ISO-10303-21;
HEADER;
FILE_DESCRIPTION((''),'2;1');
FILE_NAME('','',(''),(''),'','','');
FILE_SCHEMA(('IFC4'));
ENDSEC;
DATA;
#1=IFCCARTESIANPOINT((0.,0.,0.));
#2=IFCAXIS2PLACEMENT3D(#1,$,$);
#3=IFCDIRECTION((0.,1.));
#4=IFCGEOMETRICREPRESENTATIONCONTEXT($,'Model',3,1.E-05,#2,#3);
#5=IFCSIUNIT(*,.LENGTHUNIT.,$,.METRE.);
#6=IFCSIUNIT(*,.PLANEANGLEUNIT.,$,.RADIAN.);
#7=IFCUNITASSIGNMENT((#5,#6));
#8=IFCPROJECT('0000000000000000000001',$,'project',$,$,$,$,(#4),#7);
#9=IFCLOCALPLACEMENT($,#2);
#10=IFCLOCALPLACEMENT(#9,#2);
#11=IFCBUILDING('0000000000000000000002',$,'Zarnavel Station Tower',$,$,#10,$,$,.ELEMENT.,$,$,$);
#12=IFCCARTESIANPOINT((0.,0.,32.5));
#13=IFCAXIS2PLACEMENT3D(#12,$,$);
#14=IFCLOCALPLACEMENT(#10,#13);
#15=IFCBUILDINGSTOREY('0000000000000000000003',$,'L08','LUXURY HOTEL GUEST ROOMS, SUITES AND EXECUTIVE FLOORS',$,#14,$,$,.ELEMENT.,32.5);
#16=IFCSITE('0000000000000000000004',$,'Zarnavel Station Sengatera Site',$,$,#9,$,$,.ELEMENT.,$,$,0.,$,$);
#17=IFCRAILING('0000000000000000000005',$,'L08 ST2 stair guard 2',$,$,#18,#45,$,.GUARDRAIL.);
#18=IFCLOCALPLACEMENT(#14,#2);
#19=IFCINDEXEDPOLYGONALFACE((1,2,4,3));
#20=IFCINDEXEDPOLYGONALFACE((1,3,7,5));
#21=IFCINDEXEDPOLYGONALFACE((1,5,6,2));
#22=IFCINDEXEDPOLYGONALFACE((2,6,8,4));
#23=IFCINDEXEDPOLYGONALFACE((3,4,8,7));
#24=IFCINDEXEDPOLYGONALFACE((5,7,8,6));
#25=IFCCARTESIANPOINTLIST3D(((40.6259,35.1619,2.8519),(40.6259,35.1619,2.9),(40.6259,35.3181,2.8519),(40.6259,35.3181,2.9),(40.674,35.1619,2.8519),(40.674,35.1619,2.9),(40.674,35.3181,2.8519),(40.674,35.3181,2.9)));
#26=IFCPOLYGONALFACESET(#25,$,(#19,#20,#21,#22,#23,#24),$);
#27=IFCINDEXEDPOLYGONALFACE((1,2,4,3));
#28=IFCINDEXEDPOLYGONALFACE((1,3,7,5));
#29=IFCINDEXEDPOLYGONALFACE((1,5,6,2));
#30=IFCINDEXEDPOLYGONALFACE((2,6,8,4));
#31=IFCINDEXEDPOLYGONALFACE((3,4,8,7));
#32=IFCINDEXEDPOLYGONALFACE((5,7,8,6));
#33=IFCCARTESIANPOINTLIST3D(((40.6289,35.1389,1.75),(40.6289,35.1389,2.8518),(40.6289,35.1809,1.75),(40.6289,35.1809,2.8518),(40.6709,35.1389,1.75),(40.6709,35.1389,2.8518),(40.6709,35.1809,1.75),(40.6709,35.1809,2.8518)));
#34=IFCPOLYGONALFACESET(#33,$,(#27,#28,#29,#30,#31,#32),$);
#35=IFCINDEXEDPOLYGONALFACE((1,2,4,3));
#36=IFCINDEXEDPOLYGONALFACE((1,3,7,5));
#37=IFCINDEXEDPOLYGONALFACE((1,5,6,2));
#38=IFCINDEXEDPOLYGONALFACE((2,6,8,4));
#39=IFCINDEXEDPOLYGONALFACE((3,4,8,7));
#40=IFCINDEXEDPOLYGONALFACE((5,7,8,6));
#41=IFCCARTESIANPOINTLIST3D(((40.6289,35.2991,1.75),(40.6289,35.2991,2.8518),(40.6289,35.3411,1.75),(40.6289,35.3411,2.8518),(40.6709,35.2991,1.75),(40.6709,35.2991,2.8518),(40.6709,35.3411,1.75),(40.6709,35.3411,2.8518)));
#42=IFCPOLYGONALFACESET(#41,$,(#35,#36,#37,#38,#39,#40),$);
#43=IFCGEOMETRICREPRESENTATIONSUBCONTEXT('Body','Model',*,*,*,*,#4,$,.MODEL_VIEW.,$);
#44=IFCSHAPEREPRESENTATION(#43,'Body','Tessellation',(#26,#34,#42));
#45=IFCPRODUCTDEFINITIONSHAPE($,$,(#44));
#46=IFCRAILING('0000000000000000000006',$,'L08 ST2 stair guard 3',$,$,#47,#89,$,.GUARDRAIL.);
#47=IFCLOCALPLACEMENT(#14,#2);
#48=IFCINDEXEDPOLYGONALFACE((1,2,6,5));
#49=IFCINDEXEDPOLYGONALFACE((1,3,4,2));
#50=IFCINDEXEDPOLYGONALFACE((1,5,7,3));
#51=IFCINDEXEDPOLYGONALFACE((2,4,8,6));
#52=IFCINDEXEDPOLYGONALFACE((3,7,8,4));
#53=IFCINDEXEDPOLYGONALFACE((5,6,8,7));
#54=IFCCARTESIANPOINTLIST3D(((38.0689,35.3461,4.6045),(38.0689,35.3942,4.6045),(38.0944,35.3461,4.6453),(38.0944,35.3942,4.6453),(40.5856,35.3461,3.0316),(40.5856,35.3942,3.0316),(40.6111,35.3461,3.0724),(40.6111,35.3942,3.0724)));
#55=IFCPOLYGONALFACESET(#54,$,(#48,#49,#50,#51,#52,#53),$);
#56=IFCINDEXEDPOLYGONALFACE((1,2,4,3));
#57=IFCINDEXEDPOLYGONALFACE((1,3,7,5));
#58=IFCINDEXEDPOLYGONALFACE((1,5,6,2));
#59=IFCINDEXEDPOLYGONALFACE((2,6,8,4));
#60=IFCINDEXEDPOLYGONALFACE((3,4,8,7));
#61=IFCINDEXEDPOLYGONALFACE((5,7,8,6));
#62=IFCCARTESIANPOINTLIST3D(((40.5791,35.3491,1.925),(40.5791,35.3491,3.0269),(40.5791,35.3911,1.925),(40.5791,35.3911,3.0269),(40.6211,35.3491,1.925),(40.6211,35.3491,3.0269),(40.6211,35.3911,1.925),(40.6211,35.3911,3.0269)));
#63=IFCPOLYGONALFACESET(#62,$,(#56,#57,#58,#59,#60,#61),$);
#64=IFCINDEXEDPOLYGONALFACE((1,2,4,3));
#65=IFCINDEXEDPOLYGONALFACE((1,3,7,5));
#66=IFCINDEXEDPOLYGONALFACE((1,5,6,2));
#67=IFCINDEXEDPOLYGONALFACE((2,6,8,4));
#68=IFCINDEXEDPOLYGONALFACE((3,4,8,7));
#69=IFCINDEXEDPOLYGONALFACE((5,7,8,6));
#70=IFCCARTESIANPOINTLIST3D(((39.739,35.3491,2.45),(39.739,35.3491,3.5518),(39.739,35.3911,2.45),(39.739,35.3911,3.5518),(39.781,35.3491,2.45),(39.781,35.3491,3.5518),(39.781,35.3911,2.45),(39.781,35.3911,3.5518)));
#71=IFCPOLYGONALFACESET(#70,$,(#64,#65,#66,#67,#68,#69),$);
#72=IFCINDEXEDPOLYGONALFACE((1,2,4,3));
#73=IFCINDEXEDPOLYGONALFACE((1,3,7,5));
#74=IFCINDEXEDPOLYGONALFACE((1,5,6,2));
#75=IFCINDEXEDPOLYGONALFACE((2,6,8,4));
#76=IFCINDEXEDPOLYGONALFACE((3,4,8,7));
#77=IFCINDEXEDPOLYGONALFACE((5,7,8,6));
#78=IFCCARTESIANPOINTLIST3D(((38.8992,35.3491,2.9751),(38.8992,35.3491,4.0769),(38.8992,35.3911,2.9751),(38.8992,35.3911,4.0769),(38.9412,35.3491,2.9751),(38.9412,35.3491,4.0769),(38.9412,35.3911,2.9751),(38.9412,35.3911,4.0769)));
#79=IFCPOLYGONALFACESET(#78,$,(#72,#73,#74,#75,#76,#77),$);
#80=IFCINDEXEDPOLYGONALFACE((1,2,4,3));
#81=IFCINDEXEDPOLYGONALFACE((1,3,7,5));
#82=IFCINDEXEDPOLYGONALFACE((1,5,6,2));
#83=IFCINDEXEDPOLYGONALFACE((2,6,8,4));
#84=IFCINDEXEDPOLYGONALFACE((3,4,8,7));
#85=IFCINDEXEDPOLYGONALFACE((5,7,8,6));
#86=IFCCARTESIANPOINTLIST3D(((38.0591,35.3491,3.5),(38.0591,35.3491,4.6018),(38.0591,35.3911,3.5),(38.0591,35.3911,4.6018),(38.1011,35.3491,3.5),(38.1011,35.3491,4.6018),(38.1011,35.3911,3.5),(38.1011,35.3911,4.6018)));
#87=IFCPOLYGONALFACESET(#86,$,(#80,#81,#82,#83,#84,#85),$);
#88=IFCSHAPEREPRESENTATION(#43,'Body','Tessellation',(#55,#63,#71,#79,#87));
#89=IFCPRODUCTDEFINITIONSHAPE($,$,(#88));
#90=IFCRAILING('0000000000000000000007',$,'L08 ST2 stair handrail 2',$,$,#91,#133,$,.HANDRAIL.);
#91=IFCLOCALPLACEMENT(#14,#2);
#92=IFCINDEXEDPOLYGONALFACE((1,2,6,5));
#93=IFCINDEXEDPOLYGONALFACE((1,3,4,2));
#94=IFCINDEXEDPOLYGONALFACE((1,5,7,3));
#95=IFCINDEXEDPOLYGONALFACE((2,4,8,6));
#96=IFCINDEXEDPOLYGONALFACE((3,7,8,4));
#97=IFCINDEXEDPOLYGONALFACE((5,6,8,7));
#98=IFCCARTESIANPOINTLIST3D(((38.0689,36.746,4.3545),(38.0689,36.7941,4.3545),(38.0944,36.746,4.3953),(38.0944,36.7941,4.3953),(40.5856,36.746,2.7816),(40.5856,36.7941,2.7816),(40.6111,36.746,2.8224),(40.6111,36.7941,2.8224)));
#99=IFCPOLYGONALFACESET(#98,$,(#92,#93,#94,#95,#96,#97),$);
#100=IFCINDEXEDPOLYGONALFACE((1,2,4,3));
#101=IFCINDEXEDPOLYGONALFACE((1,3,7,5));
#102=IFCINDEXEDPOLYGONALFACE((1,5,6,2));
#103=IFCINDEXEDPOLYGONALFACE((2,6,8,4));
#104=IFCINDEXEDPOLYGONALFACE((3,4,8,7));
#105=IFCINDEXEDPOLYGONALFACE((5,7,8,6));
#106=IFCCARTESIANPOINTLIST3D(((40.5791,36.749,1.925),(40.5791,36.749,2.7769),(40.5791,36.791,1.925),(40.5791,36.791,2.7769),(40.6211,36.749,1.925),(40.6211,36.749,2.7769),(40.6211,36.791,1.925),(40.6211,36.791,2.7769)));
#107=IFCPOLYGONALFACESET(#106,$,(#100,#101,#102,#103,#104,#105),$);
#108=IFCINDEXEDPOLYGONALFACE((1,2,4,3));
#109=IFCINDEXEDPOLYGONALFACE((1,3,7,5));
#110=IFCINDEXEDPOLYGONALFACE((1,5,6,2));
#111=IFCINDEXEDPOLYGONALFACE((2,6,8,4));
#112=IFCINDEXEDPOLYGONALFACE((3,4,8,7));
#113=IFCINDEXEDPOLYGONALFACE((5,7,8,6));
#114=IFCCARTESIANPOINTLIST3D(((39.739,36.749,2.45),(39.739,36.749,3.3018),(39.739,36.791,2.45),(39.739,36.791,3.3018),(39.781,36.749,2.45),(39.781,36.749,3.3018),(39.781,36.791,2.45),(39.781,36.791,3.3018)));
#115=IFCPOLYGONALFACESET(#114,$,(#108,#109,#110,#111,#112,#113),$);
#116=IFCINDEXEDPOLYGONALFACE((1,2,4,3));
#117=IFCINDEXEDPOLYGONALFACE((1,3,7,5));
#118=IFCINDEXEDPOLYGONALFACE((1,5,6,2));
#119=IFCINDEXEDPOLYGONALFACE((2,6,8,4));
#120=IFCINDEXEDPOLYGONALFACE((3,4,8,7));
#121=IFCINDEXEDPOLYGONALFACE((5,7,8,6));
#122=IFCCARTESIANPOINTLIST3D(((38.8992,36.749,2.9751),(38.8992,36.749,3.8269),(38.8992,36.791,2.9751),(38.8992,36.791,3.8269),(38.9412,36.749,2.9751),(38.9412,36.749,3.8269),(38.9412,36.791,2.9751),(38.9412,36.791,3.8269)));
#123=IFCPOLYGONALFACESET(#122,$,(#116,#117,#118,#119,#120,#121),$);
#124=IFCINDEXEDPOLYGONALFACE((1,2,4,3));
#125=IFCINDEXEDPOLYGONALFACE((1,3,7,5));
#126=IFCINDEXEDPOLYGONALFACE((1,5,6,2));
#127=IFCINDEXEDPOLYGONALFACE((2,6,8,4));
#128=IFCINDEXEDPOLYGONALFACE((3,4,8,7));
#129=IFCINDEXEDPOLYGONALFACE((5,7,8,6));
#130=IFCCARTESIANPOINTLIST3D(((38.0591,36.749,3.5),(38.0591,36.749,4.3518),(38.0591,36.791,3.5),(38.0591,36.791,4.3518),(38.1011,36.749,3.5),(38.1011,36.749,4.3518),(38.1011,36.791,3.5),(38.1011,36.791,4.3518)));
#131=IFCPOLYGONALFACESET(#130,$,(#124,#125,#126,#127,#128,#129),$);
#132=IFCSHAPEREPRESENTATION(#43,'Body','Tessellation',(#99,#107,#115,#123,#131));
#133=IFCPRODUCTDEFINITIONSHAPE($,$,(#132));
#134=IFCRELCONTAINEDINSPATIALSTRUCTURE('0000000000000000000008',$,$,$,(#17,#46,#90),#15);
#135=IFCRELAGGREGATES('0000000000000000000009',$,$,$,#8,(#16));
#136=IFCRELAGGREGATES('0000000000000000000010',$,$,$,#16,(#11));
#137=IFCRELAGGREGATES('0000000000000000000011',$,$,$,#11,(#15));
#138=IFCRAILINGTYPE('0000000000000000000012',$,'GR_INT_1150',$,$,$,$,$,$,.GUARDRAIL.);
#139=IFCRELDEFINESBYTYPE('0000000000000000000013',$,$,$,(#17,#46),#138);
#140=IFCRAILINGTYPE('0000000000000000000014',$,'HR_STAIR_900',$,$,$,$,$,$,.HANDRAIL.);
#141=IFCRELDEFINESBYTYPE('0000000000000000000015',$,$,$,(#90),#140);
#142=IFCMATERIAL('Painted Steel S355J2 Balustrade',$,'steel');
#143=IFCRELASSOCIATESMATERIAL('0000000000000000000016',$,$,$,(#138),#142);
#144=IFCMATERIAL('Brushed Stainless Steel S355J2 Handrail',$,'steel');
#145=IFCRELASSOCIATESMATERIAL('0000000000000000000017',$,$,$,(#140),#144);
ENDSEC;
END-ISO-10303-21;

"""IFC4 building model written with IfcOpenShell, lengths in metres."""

from ifc_helpers import new_model, si_unit, direction, frame, origin, origin_2d, place, context, subcontext, project, spatial, rectangle, extrude, material, type_object, element, save


model = new_model("IFC4")

# Units and contexts
model_context = context("Model", 3, precision=1e-05, world=origin(), true_north=direction((0.0, 1.0)))
body_context = subcontext(model_context, "Body", "Model", "MODEL_VIEW")
ifc_project = project(units=[si_unit("LENGTHUNIT", "METRE"), si_unit("PLANEANGLEUNIT", "RADIAN")], contexts=[model_context])

# Site, building, storey
site_placement = place(None, origin())
site = spatial("IfcSite", under=ifc_project, at=site_placement, Name="Zarnavel Station Sengatera Site", CompositionType="ELEMENT", RefElevation=0.0)
building_placement = place(site_placement, origin())
building = spatial("IfcBuilding", under=site, at=building_placement, Name="Zarnavel Station Tower", CompositionType="ELEMENT")
storey_placement = place(building_placement, frame((0.0, 0.0, 32.5)))
storey = spatial("IfcBuildingStorey", under=building, at=storey_placement, Name="L08", Description="LUXURY HOTEL GUEST ROOMS, SUITES AND EXECUTIVE FLOORS", CompositionType="ELEMENT", Elevation=32.5)

# Railings
ifc_material_1 = material(Name="Painted Steel S355J2 Balustrade", Category="steel")
railing_type_1 = type_object("IfcRailingType", Name="GR_INT_1150", PredefinedType="GUARDRAIL", material=ifc_material_1)
railing_1_placement = place(storey_placement, frame((40.6499, 35.1599, 1.75)))
element("IfcRailing", 1, at=railing_1_placement, inside=storey, type_object=railing_type_1, Name="L08 ST2 stair guard 2", PredefinedType="GUARDRAIL", context=body_context, shape_type="SweptSolid", body=[
    extrude(rectangle(XDim=0.0481, YDim=0.0481, at=origin_2d()), frame((0.0, 0.002, 1.126), z_axis=(0.0, 1.0, 0.0), x_axis=(-1.0, 0.0, 0.0)), (0.0, 0.0, 1.0), 0.1562),
    extrude(rectangle(XDim=0.042, YDim=0.042, at=origin_2d()), origin(), (0.0, 0.0, 1.0), 1.1018),
    extrude(rectangle(XDim=0.042, YDim=0.042, at=origin_2d()), frame((0.0, 0.1602, 0.0)), (0.0, 0.0, 1.0), 1.1018),
])
railing_2_placement = place(storey_placement, frame((40.6001, 35.3701, 1.925)))
element("IfcRailing", 2, at=railing_2_placement, inside=storey, type_object=railing_type_1, Name="L08 ST2 stair guard 3", PredefinedType="GUARDRAIL", context=body_context, shape_type="SweptSolid", body=[
    extrude(rectangle(XDim=0.0481, YDim=0.0481, at=origin_2d()), frame((-0.0017, 0.0, 1.127), z_axis=(-0.848008, 0.0, 0.529984), x_axis=(0.0, -1.0, 0.0)), (0.0, 0.0, 1.0), 2.9678),
    extrude(rectangle(XDim=0.042, YDim=0.042, at=origin_2d()), origin(), (0.0, 0.0, 1.0), 1.1018),
    extrude(rectangle(XDim=0.042, YDim=0.042, at=origin_2d()), frame((-0.8401, 0.0, 0.5249)), (0.0, 0.0, 1.0), 1.1018),
    extrude(rectangle(XDim=0.042, YDim=0.042, at=origin_2d()), frame((-1.6799, 0.0, 1.05)), (0.0, 0.0, 1.0), 1.1018),
    extrude(rectangle(XDim=0.042, YDim=0.042, at=origin_2d()), frame((-2.52, 0.0, 1.575)), (0.0, 0.0, 1.0), 1.1018),
])
ifc_material_2 = material(Name="Brushed Stainless Steel S355J2 Handrail", Category="steel")
railing_type_2 = type_object("IfcRailingType", Name="HR_STAIR_900", PredefinedType="HANDRAIL", material=ifc_material_2)
railing_3_placement = place(storey_placement, frame((40.6001, 36.77, 1.925)))
element("IfcRailing", 3, at=railing_3_placement, inside=storey, type_object=railing_type_2, Name="L08 ST2 stair handrail 2", PredefinedType="HANDRAIL", context=body_context, shape_type="SweptSolid", body=[
    extrude(rectangle(XDim=0.0481, YDim=0.0481, at=origin_2d()), frame((-0.0017, 0.0, 0.877), z_axis=(-0.848008, 0.0, 0.529984), x_axis=(0.0, -1.0, 0.0)), (0.0, 0.0, 1.0), 2.9678),
    extrude(rectangle(XDim=0.042, YDim=0.042, at=origin_2d()), origin(), (0.0, 0.0, 1.0), 0.8518),
    extrude(rectangle(XDim=0.042, YDim=0.042, at=origin_2d()), frame((-0.8401, 0.0, 0.5249)), (0.0, 0.0, 1.0), 0.8518),
    extrude(rectangle(XDim=0.042, YDim=0.042, at=origin_2d()), frame((-1.6799, 0.0, 1.05)), (0.0, 0.0, 1.0), 0.8518),
    extrude(rectangle(XDim=0.042, YDim=0.042, at=origin_2d()), frame((-2.52, 0.0, 1.575)), (0.0, 0.0, 1.0), 0.8518),
])

save(model, "model.ifc")
